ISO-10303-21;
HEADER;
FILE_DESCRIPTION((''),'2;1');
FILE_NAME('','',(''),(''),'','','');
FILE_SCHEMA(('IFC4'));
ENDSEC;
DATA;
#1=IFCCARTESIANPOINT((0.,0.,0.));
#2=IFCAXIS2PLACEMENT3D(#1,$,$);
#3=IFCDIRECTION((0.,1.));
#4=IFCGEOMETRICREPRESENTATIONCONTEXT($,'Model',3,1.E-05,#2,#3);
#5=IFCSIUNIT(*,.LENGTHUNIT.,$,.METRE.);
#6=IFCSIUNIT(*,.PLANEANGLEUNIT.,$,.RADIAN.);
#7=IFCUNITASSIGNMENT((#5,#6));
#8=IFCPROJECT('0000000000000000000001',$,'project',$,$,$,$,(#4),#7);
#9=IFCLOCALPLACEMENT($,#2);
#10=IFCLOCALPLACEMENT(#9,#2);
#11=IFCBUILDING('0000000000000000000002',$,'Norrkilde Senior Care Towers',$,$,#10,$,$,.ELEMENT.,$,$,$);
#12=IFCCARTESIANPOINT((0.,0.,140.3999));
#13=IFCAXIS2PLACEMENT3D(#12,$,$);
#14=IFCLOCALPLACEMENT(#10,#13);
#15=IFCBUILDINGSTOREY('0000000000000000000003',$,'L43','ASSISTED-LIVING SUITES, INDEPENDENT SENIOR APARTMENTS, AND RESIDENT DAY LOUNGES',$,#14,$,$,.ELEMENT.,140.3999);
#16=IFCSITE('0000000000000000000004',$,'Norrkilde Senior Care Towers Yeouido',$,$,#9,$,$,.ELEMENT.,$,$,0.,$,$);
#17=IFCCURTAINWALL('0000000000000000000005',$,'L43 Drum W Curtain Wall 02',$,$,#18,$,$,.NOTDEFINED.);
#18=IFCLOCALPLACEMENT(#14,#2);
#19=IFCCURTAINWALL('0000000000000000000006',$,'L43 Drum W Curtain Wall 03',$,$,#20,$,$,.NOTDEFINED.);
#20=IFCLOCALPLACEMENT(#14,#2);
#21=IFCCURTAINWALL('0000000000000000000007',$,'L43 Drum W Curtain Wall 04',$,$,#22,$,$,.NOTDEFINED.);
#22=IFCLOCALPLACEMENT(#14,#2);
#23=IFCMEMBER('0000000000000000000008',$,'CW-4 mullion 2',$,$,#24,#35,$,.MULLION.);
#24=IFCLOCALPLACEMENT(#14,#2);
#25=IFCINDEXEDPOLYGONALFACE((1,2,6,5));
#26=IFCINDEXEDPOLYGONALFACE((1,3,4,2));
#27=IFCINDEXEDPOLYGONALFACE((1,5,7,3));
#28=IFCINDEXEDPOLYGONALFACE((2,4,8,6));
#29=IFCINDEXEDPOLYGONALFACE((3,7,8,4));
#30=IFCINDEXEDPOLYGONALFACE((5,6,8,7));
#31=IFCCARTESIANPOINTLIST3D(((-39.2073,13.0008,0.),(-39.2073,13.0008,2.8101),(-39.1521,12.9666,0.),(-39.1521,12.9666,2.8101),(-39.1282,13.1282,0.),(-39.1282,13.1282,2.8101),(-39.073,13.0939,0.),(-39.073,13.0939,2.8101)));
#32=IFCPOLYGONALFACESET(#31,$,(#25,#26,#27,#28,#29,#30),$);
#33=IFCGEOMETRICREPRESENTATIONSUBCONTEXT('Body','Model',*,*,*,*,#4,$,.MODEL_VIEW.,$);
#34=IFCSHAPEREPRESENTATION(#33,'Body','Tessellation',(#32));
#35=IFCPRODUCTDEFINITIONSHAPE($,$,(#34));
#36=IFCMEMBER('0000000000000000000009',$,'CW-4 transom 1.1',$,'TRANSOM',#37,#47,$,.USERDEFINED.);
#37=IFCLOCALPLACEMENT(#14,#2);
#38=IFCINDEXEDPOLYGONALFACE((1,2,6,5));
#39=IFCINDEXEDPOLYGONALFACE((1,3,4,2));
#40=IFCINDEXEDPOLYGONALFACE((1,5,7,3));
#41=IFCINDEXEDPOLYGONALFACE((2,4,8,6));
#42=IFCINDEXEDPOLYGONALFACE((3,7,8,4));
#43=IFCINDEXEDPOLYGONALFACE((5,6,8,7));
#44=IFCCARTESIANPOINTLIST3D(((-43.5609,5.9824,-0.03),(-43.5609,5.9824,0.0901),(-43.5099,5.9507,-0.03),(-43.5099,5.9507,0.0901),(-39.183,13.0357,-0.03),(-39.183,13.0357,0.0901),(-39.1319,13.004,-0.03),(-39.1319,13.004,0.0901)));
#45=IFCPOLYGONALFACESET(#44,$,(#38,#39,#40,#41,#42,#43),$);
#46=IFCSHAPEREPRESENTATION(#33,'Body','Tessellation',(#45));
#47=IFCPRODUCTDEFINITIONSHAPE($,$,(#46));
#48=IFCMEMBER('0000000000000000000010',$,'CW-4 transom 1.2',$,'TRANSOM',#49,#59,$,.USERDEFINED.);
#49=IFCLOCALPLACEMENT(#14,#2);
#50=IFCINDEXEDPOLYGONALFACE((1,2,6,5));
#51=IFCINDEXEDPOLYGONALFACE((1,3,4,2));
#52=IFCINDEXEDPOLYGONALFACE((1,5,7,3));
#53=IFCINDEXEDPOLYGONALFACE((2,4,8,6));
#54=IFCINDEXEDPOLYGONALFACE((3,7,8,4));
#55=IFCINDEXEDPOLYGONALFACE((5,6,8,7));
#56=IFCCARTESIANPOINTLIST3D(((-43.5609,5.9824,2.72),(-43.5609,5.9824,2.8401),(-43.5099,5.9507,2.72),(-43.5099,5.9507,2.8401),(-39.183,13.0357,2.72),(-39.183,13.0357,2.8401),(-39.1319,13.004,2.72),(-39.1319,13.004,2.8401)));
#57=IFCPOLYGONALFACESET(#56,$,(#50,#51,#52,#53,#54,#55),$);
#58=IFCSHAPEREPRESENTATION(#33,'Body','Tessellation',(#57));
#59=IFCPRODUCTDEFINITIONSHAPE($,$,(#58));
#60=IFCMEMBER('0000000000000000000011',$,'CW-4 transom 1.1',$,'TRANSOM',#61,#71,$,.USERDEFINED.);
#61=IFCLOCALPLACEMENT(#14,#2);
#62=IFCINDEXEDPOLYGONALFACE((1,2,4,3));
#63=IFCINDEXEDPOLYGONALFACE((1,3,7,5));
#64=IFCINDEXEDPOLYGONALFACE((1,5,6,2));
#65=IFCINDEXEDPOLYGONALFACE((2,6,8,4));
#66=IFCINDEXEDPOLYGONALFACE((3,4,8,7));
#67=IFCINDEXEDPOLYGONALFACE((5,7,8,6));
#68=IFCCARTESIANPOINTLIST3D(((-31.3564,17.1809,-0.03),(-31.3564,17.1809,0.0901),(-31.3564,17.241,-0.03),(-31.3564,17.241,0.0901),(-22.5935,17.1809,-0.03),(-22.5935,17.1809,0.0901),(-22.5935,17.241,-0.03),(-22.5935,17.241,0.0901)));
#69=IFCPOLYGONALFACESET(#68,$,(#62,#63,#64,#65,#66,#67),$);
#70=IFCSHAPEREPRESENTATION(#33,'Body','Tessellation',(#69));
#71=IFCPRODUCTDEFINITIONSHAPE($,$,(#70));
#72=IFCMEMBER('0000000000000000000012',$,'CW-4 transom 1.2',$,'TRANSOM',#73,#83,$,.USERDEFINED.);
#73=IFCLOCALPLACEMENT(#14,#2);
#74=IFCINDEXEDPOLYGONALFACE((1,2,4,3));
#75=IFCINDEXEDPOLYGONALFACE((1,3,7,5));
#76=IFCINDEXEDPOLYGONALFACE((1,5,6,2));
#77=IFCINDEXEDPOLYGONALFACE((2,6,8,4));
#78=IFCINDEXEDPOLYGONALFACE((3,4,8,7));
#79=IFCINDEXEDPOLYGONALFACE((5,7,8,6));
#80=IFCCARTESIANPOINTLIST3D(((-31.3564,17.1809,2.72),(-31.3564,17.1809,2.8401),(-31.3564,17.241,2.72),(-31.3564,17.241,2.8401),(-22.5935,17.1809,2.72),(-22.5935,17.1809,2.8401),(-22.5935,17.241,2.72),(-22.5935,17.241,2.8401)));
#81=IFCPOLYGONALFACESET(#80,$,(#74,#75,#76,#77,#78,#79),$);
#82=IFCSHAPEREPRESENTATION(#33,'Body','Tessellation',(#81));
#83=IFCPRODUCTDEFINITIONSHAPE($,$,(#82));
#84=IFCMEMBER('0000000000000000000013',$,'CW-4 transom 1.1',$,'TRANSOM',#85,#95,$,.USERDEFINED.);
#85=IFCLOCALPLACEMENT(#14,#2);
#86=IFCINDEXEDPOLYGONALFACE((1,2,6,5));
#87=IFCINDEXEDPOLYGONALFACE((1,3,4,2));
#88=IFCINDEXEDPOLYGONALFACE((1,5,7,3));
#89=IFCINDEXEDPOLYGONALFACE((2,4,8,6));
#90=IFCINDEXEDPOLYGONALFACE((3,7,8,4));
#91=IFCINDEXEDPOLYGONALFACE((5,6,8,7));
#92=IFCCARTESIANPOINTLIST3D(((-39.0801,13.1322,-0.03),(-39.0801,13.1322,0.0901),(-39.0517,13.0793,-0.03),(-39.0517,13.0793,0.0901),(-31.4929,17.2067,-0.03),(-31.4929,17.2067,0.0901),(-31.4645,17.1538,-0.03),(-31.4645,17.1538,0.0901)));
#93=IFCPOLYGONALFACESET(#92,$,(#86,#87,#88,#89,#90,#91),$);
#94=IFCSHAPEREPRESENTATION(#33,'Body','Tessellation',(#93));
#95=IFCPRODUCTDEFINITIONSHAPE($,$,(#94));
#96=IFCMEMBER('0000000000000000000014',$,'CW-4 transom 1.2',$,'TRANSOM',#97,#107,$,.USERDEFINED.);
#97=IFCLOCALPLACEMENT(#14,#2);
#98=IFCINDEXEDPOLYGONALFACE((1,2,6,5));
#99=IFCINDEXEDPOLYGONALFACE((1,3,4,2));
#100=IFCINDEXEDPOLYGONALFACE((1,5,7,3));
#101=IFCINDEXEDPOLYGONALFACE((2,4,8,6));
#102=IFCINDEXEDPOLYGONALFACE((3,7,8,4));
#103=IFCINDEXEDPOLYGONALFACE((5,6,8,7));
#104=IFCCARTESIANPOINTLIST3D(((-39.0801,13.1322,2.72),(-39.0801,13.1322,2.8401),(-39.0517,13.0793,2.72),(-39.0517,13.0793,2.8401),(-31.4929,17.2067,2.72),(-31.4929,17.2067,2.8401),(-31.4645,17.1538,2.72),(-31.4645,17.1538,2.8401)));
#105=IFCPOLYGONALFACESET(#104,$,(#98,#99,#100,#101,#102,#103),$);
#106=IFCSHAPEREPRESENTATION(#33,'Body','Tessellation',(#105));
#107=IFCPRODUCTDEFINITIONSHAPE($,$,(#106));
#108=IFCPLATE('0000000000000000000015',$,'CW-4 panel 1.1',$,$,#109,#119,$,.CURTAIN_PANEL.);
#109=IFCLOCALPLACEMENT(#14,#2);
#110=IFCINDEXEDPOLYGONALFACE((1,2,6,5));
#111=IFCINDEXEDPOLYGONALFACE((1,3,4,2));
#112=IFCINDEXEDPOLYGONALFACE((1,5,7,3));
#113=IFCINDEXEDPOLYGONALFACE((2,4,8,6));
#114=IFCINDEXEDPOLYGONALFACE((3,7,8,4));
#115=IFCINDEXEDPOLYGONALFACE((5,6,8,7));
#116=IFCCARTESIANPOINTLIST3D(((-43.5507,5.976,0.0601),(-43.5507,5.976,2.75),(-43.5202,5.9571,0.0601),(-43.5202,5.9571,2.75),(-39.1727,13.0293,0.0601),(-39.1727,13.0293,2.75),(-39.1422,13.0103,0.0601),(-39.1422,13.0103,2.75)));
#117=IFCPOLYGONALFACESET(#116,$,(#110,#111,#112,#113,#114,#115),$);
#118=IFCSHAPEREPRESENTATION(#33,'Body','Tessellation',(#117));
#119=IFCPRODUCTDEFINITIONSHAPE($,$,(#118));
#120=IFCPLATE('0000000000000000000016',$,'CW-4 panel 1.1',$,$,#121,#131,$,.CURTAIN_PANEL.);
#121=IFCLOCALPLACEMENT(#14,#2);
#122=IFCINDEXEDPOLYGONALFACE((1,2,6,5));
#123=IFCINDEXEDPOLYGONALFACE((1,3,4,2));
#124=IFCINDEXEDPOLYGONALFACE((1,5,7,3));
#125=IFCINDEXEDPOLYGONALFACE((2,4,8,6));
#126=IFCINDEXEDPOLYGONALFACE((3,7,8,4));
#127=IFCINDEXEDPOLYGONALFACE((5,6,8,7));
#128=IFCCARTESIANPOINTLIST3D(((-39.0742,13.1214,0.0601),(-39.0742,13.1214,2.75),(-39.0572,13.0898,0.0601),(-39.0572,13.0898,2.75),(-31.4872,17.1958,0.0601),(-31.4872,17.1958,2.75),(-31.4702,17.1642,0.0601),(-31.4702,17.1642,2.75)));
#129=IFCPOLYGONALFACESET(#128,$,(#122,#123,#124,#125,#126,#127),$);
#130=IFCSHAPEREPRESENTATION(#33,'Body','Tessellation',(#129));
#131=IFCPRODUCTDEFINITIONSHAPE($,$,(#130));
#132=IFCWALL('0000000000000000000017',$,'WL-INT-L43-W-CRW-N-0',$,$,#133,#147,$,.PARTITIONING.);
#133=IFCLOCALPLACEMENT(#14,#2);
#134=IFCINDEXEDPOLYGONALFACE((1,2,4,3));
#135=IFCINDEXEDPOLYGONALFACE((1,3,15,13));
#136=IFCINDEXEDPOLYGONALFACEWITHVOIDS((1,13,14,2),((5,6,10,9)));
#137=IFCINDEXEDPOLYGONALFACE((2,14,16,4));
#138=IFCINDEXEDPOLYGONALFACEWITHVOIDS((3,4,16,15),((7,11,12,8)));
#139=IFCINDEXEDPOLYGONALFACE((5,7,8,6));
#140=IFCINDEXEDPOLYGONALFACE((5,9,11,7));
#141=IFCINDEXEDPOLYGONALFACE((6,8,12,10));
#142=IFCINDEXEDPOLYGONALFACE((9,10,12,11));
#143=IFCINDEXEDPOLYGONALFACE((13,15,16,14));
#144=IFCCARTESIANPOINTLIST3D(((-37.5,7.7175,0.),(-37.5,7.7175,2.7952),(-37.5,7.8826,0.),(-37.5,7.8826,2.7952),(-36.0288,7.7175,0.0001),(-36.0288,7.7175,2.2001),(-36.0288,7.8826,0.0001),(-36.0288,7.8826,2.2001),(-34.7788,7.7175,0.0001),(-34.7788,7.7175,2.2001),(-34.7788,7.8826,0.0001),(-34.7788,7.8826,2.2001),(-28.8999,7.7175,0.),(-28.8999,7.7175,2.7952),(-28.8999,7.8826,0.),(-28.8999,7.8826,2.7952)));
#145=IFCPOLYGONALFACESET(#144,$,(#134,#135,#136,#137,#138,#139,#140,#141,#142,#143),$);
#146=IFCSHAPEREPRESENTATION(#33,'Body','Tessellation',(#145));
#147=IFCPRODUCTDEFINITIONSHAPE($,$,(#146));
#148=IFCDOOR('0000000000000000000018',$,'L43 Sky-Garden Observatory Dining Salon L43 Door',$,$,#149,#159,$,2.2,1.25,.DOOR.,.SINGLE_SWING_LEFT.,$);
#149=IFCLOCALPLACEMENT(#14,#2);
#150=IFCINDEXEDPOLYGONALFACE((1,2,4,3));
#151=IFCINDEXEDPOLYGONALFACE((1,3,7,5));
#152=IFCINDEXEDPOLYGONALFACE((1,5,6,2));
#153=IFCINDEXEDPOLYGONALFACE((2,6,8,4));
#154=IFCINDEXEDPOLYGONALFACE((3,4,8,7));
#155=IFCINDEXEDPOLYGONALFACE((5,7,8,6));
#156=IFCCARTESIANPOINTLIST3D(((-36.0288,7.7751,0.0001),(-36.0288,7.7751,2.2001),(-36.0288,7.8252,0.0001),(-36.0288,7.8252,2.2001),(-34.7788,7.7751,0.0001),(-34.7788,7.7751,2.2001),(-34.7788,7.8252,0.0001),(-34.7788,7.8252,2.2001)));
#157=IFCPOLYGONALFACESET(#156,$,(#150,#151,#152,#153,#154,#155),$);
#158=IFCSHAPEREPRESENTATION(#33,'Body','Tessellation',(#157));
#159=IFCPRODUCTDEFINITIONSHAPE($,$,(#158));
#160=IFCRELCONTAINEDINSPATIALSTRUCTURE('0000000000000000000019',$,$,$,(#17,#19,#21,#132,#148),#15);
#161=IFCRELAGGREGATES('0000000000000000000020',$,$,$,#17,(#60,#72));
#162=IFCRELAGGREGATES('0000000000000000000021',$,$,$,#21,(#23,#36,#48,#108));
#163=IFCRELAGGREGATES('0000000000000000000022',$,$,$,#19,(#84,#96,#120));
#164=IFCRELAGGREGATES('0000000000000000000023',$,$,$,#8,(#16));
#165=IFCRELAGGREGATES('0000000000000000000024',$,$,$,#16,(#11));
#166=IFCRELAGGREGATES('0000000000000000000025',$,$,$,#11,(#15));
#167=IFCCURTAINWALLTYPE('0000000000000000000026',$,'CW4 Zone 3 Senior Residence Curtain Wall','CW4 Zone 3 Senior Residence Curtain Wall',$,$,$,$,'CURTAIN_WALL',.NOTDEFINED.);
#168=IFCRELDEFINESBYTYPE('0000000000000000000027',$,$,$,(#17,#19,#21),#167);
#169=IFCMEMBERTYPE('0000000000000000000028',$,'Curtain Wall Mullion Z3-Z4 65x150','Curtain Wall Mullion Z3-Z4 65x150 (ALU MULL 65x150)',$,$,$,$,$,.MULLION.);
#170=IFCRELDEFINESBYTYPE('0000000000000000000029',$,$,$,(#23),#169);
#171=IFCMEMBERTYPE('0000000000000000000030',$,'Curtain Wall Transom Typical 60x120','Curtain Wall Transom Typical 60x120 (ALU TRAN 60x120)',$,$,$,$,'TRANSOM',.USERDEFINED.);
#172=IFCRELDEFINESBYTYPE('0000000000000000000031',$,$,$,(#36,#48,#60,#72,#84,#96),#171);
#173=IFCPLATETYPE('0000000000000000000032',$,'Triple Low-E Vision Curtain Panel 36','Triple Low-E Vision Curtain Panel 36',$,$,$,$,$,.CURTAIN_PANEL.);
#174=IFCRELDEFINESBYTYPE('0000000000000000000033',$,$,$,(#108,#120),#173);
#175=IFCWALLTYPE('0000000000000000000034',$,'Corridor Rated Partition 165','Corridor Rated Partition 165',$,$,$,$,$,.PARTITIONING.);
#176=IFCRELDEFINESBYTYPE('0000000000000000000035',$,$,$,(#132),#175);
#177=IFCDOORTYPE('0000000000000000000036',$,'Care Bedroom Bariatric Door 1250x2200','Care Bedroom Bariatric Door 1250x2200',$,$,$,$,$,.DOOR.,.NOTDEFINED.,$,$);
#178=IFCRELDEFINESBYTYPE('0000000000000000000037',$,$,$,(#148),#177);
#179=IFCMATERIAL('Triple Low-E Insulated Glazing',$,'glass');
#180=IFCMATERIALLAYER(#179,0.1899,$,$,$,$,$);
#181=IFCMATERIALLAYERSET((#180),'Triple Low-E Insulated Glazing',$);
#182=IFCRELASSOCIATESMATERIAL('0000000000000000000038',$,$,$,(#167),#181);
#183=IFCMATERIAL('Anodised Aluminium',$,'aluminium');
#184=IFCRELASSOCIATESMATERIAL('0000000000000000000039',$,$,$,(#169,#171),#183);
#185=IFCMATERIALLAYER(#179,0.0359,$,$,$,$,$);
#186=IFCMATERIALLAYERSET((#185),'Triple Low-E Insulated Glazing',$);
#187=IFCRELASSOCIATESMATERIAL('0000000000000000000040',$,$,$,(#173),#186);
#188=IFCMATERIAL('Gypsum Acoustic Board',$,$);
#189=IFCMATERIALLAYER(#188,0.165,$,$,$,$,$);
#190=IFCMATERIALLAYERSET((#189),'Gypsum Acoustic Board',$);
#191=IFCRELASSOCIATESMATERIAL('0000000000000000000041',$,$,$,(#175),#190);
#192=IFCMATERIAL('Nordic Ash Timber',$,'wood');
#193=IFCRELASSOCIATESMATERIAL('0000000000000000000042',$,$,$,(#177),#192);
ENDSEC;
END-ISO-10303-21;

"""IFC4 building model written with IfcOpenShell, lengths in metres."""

from ifc_helpers import new_model, si_unit, direction, frame, frame_2d, origin, origin_2d, place, context, subcontext, project, spatial, rectangle, extrude, source, transform, mapped, material, layer, layer_set, material_profile, profile_set, type_object, type_shapes, element, fill, aggregate, save


model = new_model("IFC4")

# Units and contexts
model_context = context("Model", 3, precision=1e-05, world=origin(), true_north=direction((0.0, 1.0)))
body_context = subcontext(model_context, "Body", "Model", "MODEL_VIEW")
ifc_project = project(units=[si_unit("LENGTHUNIT", "METRE"), si_unit("PLANEANGLEUNIT", "RADIAN")], contexts=[model_context])

# Site, building, storey
site_placement = place(None, origin())
site = spatial("IfcSite", under=ifc_project, at=site_placement, Name="Norrkilde Senior Care Towers Yeouido", CompositionType="ELEMENT", RefElevation=0.0)
building_placement = place(site_placement, origin())
building = spatial("IfcBuilding", under=site, at=building_placement, Name="Norrkilde Senior Care Towers", CompositionType="ELEMENT")
storey_placement = place(building_placement, frame((0.0, 0.0, 140.3999)))
storey = spatial("IfcBuildingStorey", under=building, at=storey_placement, Name="L43", Description="ASSISTED-LIVING SUITES, INDEPENDENT SENIOR APARTMENTS, AND RESIDENT DAY LOUNGES", CompositionType="ELEMENT", Elevation=140.3999)

# Curtain wall
ifc_material_1 = material(Name="Triple Low-E Insulated Glazing", Category="glass")
ifc_layer_1 = layer(ifc_material_1, 0.1899)
ifc_layer_set_1 = layer_set([ifc_layer_1], Name="Triple Low-E Insulated Glazing")
curtain_wall_type = type_object("IfcCurtainWallType", Name="CW4 Zone 3 Senior Residence Curtain Wall", Description="CW4 Zone 3 Senior Residence Curtain Wall", ElementType="CURTAIN_WALL", PredefinedType="NOTDEFINED", material=ifc_layer_set_1)
curtain_wall_1_placement = place(storey_placement, origin())
curtain_wall_1 = element("IfcCurtainWall", 1, at=curtain_wall_1_placement, inside=storey, type_object=curtain_wall_type, Name="L43 Drum W Curtain Wall 02", PredefinedType="NOTDEFINED")
ifc_material_2 = material(Name="Anodised Aluminium", Category="aluminium")
ifc_material_profile_1 = material_profile(ifc_material_2, rectangle(XDim=0.0649, YDim=0.1499, at=origin_2d()), Name="ALU MULL 65x150")
ifc_profile_set_1 = profile_set([ifc_material_profile_1], Name="Anodised Aluminium")
member_type_1 = type_object("IfcMemberType", Name="Curtain Wall Mullion Z3-Z4 65x150", Description="Curtain Wall Mullion Z3-Z4 65x150 (ALU MULL 65x150)", PredefinedType="MULLION", material=ifc_profile_set_1)
shared_shape_1 = source(origin(), body_context, "Body", "SweptSolid", [
    extrude(rectangle(XDim=0.0649, YDim=0.1499, at=origin_2d()), origin(), (0.0, 0.0, 1.0), 2.8101),
])
type_shapes(member_type_1, [shared_shape_1])

# Curtain walls, members
curtain_wall_2_placement = place(storey_placement, origin())
curtain_wall_2 = element("IfcCurtainWall", 2, at=curtain_wall_2_placement, inside=storey, type_object=curtain_wall_type, Name="L43 Drum W Curtain Wall 03", PredefinedType="NOTDEFINED")
curtain_wall_3_placement = place(storey_placement, origin())
curtain_wall_3 = element("IfcCurtainWall", 3, at=curtain_wall_3_placement, inside=storey, type_object=curtain_wall_type, Name="L43 Drum W Curtain Wall 04", PredefinedType="NOTDEFINED")
member_1_placement = place(storey_placement, frame((-39.1401, 13.0474, 0.0), z_axis=(0.0, 0.0, 1.0), x_axis=(-0.849634, 0.527373, 0.0)))
member_1 = element("IfcMember", 4, at=member_1_placement, type_object=member_type_1, Name="CW-4 mullion 2", PredefinedType="MULLION", context=body_context, shape_type="MappedRepresentation", body=[
    mapped(shared_shape_1, transform((0.0, 0.0, 0.0), x_axis=(1.0, 0.0, 0.0), y_axis=(0.0, 1.0, 0.0), z_axis=(0.0, 0.0, 1.0), scale=1.0)),
])
ifc_material_profile_2 = material_profile(ifc_material_2, rectangle(XDim=0.0601, YDim=0.1201, at=origin_2d()), Name="ALU TRAN 60x120")
ifc_profile_set_2 = profile_set([ifc_material_profile_2], Name="Anodised Aluminium")
member_type_2 = type_object("IfcMemberType", Name="Curtain Wall Transom Typical 60x120", Description="Curtain Wall Transom Typical 60x120 (ALU TRAN 60x120)", ElementType="TRANSOM", PredefinedType="USERDEFINED", material=ifc_profile_set_2)
shared_shape_2 = source(origin(), body_context, "Body", "SweptSolid", [
    extrude(rectangle(XDim=0.0601, YDim=0.1201, at=origin_2d()), origin(), (0.0, 0.0, 1.0), 8.3015),
])
member_2_placement = place(storey_placement, frame((-43.5354, 5.9666, 0.03), z_axis=(0.527369, 0.849637, 0.0), x_axis=(-0.849637, 0.527369, 0.0)))
member_2 = element("IfcMember", 5, at=member_2_placement, type_object=member_type_2, Name="CW-4 transom 1.1", ObjectType="TRANSOM", PredefinedType="USERDEFINED", context=body_context, shape_type="MappedRepresentation", body=[
    mapped(shared_shape_2, transform((0.0, 0.0, 0.0), x_axis=(1.0, 0.0, 0.0), y_axis=(0.0, 1.0, 0.0), z_axis=(0.0, 0.0, 1.0), scale=1.0)),
])
member_3_placement = place(storey_placement, frame((-43.5354, 5.9666, 2.78), z_axis=(0.527369, 0.849637, 0.0), x_axis=(-0.849637, 0.527369, 0.0)))
member_3 = element("IfcMember", 6, at=member_3_placement, type_object=member_type_2, Name="CW-4 transom 1.2", ObjectType="TRANSOM", PredefinedType="USERDEFINED", context=body_context, shape_type="MappedRepresentation", body=[
    mapped(shared_shape_2, transform((0.0, 0.0, 0.0), x_axis=(1.0, 0.0, 0.0), y_axis=(0.0, 1.0, 0.0), z_axis=(0.0, 0.0, 1.0), scale=1.0)),
])

# Members
shared_shape_3 = source(origin(), body_context, "Body", "SweptSolid", [
    extrude(rectangle(XDim=0.0601, YDim=0.1201, at=origin_2d()), origin(), (0.0, 0.0, 1.0), 8.7629),
])
member_4_placement = place(storey_placement, frame((-31.3564, 17.2109, 0.03), z_axis=(1.0, 0.0, 0.0), x_axis=(0.0, 1.0, 0.0)))
member_4 = element("IfcMember", 7, at=member_4_placement, type_object=member_type_2, Name="CW-4 transom 1.1", ObjectType="TRANSOM", PredefinedType="USERDEFINED", context=body_context, shape_type="MappedRepresentation", body=[
    mapped(shared_shape_3, transform((0.0, 0.0, 0.0), x_axis=(1.0, 0.0, 0.0), y_axis=(0.0, 1.0, 0.0), z_axis=(0.0, 0.0, 1.0), scale=1.0)),
])
member_5_placement = place(storey_placement, frame((-31.3564, 17.2109, 2.78), z_axis=(1.0, 0.0, 0.0), x_axis=(0.0, 1.0, 0.0)))
member_5 = element("IfcMember", 8, at=member_5_placement, type_object=member_type_2, Name="CW-4 transom 1.2", ObjectType="TRANSOM", PredefinedType="USERDEFINED", context=body_context, shape_type="MappedRepresentation", body=[
    mapped(shared_shape_3, transform((0.0, 0.0, 0.0), x_axis=(1.0, 0.0, 0.0), y_axis=(0.0, 1.0, 0.0), z_axis=(0.0, 0.0, 1.0), scale=1.0)),
])
aggregate(curtain_wall_1, [member_4, member_5])
shared_shape_4 = source(origin(), body_context, "Body", "SweptSolid", [
    extrude(rectangle(XDim=0.0601, YDim=0.1201, at=origin_2d()), origin(), (0.0, 0.0, 1.0), 8.6121),
])
type_shapes(member_type_2, [shared_shape_2, shared_shape_3, shared_shape_4])
member_6_placement = place(storey_placement, frame((-39.0659, 13.1057, 0.03), z_axis=(0.881, 0.473116, 0.0), x_axis=(-0.473116, 0.881, 0.0)))
member_6 = element("IfcMember", 9, at=member_6_placement, type_object=member_type_2, Name="CW-4 transom 1.1", ObjectType="TRANSOM", PredefinedType="USERDEFINED", context=body_context, shape_type="MappedRepresentation", body=[
    mapped(shared_shape_4, transform((0.0, 0.0, 0.0), x_axis=(1.0, 0.0, 0.0), y_axis=(0.0, 1.0, 0.0), z_axis=(0.0, 0.0, 1.0), scale=1.0)),
])
member_7_placement = place(storey_placement, frame((-39.0659, 13.1057, 2.78), z_axis=(0.881, 0.473116, 0.0), x_axis=(-0.473116, 0.881, 0.0)))
member_7 = element("IfcMember", 10, at=member_7_placement, type_object=member_type_2, Name="CW-4 transom 1.2", ObjectType="TRANSOM", PredefinedType="USERDEFINED", context=body_context, shape_type="MappedRepresentation", body=[
    mapped(shared_shape_4, transform((0.0, 0.0, 0.0), x_axis=(1.0, 0.0, 0.0), y_axis=(0.0, 1.0, 0.0), z_axis=(0.0, 0.0, 1.0), scale=1.0)),
])

# Plates
ifc_layer_2 = layer(ifc_material_1, 0.0359)
ifc_layer_set_2 = layer_set([ifc_layer_2], Name="Triple Low-E Insulated Glazing")
plate_type = type_object("IfcPlateType", Name="Triple Low-E Vision Curtain Panel 36", Description="Triple Low-E Vision Curtain Panel 36", PredefinedType="CURTAIN_PANEL", material=ifc_layer_set_2)
shared_shape_5 = source(origin(), body_context, "Body", "SweptSolid", [
    extrude(rectangle(XDim=8.3015, YDim=0.0359, at=origin_2d()), origin(), (0.0, 0.0, 1.0), 2.6899),
])
plate_1_placement = place(storey_placement, frame((-41.3464, 9.4932, 0.0601), z_axis=(0.0, 0.0, 1.0), x_axis=(0.527373, 0.849634, 0.0)))
plate_1 = element("IfcPlate", 11, at=plate_1_placement, type_object=plate_type, Name="CW-4 panel 1.1", PredefinedType="CURTAIN_PANEL", context=body_context, shape_type="MappedRepresentation", body=[
    mapped(shared_shape_5, transform((0.0, 0.0, 0.0), x_axis=(1.0, 0.0, 0.0), y_axis=(0.0, 1.0, 0.0), z_axis=(0.0, 0.0, 1.0), scale=1.0)),
])
aggregate(curtain_wall_3, [member_1, member_2, member_3, plate_1])
shared_shape_6 = source(origin(), body_context, "Body", "SweptSolid", [
    extrude(rectangle(XDim=8.6118, YDim=0.0359, at=origin_2d()), origin(), (0.0, 0.0, 1.0), 2.6899),
])
type_shapes(plate_type, [shared_shape_5, shared_shape_6])
plate_2_placement = place(storey_placement, frame((-35.2722, 15.1428, 0.0601), z_axis=(0.0, 0.0, 1.0), x_axis=(0.881, 0.473117, 0.0)))
plate_2 = element("IfcPlate", 12, at=plate_2_placement, type_object=plate_type, Name="CW-4 panel 1.1", PredefinedType="CURTAIN_PANEL", context=body_context, shape_type="MappedRepresentation", body=[
    mapped(shared_shape_6, transform((0.0, 0.0, 0.0), x_axis=(1.0, 0.0, 0.0), y_axis=(0.0, 1.0, 0.0), z_axis=(0.0, 0.0, 1.0), scale=1.0)),
])
aggregate(curtain_wall_2, [member_6, member_7, plate_2])

# Wall, opening, door
ifc_material_3 = material(Name="Gypsum Acoustic Board")
ifc_layer_3 = layer(ifc_material_3, 0.165)
ifc_layer_set_3 = layer_set([ifc_layer_3], Name="Gypsum Acoustic Board")
wall_type = type_object("IfcWallType", Name="Corridor Rated Partition 165", Description="Corridor Rated Partition 165", PredefinedType="PARTITIONING", material=ifc_layer_set_3)
shared_shape_7 = source(origin(), body_context, "Body", "SweptSolid", [
    extrude(rectangle(XDim=8.6001, YDim=0.165, at=frame_2d((4.3, 0.0))), origin(), (0.0, 0.0, 1.0), 2.7952),
])
wall_1_placement = place(storey_placement, frame((-37.5, 7.8, 0.0), z_axis=(0.0, 0.0, 1.0), x_axis=(1.0, 0.0, 0.0)))
wall_1 = element("IfcWall", 13, at=wall_1_placement, inside=storey, type_object=wall_type, Name="WL-INT-L43-W-CRW-N-0", PredefinedType="PARTITIONING", context=body_context, shape_type="MappedRepresentation", body=[
    mapped(shared_shape_7, transform((0.0, 0.0, 0.0), x_axis=(1.0, 0.0, 0.0), y_axis=(0.0, 1.0, 0.0), z_axis=(0.0, 0.0, 1.0), scale=1.0)),
])
opening_placement = place(wall_1_placement, frame((1.4712, 0.0, 0.0)))
opening = element("IfcOpeningElement", 14, at=opening_placement, cuts=wall_1, PredefinedType="OPENING", context=body_context, shape_type="SweptSolid", body=[
    extrude(rectangle(XDim=1.25, YDim=2.2, at=frame_2d((0.625, 1.1001))), frame((0.0, 0.0925, 0.0), z_axis=(0.0, -1.0, 0.0), x_axis=(1.0, 0.0, 0.0)), (0.0, 0.0, 1.0), 0.1851),
])
ifc_material_4 = material(Name="Nordic Ash Timber", Category="wood")
door_type = type_object("IfcDoorType", Name="Care Bedroom Bariatric Door 1250x2200", Description="Care Bedroom Bariatric Door 1250x2200", OperationType="NOTDEFINED", PredefinedType="DOOR", material=ifc_material_4)
shared_shape_8 = source(origin(), body_context, "Body", "SweptSolid", [
    extrude(rectangle(XDim=1.25, YDim=2.2, at=frame_2d((0.625, 1.1001))), frame((0.0, 0.0249, 0.0), z_axis=(0.0, -1.0, 0.0), x_axis=(1.0, 0.0, 0.0)), (0.0, 0.0, 1.0), 0.05),
])
type_shapes(door_type, [shared_shape_8])
door_placement = place(opening_placement, frame((1.25, 0.0, 0.0), z_axis=(0.0, 0.0, 1.0), x_axis=(-1.0, 0.0, 0.0)))
door = element("IfcDoor", 15, at=door_placement, inside=storey, type_object=door_type, Name="L43 Sky-Garden Observatory Dining Salon L43 Door", OperationType="SINGLE_SWING_LEFT", OverallHeight=2.2, OverallWidth=1.25, PredefinedType="DOOR", context=body_context, shape_type="MappedRepresentation", body=[
    mapped(shared_shape_8, transform((0.0, 0.0, 0.0), x_axis=(1.0, 0.0, 0.0), y_axis=(0.0, 1.0, 0.0), z_axis=(0.0, 0.0, 1.0), scale=1.0)),
])
fill(opening, door)

save(model, "model.ifc")
